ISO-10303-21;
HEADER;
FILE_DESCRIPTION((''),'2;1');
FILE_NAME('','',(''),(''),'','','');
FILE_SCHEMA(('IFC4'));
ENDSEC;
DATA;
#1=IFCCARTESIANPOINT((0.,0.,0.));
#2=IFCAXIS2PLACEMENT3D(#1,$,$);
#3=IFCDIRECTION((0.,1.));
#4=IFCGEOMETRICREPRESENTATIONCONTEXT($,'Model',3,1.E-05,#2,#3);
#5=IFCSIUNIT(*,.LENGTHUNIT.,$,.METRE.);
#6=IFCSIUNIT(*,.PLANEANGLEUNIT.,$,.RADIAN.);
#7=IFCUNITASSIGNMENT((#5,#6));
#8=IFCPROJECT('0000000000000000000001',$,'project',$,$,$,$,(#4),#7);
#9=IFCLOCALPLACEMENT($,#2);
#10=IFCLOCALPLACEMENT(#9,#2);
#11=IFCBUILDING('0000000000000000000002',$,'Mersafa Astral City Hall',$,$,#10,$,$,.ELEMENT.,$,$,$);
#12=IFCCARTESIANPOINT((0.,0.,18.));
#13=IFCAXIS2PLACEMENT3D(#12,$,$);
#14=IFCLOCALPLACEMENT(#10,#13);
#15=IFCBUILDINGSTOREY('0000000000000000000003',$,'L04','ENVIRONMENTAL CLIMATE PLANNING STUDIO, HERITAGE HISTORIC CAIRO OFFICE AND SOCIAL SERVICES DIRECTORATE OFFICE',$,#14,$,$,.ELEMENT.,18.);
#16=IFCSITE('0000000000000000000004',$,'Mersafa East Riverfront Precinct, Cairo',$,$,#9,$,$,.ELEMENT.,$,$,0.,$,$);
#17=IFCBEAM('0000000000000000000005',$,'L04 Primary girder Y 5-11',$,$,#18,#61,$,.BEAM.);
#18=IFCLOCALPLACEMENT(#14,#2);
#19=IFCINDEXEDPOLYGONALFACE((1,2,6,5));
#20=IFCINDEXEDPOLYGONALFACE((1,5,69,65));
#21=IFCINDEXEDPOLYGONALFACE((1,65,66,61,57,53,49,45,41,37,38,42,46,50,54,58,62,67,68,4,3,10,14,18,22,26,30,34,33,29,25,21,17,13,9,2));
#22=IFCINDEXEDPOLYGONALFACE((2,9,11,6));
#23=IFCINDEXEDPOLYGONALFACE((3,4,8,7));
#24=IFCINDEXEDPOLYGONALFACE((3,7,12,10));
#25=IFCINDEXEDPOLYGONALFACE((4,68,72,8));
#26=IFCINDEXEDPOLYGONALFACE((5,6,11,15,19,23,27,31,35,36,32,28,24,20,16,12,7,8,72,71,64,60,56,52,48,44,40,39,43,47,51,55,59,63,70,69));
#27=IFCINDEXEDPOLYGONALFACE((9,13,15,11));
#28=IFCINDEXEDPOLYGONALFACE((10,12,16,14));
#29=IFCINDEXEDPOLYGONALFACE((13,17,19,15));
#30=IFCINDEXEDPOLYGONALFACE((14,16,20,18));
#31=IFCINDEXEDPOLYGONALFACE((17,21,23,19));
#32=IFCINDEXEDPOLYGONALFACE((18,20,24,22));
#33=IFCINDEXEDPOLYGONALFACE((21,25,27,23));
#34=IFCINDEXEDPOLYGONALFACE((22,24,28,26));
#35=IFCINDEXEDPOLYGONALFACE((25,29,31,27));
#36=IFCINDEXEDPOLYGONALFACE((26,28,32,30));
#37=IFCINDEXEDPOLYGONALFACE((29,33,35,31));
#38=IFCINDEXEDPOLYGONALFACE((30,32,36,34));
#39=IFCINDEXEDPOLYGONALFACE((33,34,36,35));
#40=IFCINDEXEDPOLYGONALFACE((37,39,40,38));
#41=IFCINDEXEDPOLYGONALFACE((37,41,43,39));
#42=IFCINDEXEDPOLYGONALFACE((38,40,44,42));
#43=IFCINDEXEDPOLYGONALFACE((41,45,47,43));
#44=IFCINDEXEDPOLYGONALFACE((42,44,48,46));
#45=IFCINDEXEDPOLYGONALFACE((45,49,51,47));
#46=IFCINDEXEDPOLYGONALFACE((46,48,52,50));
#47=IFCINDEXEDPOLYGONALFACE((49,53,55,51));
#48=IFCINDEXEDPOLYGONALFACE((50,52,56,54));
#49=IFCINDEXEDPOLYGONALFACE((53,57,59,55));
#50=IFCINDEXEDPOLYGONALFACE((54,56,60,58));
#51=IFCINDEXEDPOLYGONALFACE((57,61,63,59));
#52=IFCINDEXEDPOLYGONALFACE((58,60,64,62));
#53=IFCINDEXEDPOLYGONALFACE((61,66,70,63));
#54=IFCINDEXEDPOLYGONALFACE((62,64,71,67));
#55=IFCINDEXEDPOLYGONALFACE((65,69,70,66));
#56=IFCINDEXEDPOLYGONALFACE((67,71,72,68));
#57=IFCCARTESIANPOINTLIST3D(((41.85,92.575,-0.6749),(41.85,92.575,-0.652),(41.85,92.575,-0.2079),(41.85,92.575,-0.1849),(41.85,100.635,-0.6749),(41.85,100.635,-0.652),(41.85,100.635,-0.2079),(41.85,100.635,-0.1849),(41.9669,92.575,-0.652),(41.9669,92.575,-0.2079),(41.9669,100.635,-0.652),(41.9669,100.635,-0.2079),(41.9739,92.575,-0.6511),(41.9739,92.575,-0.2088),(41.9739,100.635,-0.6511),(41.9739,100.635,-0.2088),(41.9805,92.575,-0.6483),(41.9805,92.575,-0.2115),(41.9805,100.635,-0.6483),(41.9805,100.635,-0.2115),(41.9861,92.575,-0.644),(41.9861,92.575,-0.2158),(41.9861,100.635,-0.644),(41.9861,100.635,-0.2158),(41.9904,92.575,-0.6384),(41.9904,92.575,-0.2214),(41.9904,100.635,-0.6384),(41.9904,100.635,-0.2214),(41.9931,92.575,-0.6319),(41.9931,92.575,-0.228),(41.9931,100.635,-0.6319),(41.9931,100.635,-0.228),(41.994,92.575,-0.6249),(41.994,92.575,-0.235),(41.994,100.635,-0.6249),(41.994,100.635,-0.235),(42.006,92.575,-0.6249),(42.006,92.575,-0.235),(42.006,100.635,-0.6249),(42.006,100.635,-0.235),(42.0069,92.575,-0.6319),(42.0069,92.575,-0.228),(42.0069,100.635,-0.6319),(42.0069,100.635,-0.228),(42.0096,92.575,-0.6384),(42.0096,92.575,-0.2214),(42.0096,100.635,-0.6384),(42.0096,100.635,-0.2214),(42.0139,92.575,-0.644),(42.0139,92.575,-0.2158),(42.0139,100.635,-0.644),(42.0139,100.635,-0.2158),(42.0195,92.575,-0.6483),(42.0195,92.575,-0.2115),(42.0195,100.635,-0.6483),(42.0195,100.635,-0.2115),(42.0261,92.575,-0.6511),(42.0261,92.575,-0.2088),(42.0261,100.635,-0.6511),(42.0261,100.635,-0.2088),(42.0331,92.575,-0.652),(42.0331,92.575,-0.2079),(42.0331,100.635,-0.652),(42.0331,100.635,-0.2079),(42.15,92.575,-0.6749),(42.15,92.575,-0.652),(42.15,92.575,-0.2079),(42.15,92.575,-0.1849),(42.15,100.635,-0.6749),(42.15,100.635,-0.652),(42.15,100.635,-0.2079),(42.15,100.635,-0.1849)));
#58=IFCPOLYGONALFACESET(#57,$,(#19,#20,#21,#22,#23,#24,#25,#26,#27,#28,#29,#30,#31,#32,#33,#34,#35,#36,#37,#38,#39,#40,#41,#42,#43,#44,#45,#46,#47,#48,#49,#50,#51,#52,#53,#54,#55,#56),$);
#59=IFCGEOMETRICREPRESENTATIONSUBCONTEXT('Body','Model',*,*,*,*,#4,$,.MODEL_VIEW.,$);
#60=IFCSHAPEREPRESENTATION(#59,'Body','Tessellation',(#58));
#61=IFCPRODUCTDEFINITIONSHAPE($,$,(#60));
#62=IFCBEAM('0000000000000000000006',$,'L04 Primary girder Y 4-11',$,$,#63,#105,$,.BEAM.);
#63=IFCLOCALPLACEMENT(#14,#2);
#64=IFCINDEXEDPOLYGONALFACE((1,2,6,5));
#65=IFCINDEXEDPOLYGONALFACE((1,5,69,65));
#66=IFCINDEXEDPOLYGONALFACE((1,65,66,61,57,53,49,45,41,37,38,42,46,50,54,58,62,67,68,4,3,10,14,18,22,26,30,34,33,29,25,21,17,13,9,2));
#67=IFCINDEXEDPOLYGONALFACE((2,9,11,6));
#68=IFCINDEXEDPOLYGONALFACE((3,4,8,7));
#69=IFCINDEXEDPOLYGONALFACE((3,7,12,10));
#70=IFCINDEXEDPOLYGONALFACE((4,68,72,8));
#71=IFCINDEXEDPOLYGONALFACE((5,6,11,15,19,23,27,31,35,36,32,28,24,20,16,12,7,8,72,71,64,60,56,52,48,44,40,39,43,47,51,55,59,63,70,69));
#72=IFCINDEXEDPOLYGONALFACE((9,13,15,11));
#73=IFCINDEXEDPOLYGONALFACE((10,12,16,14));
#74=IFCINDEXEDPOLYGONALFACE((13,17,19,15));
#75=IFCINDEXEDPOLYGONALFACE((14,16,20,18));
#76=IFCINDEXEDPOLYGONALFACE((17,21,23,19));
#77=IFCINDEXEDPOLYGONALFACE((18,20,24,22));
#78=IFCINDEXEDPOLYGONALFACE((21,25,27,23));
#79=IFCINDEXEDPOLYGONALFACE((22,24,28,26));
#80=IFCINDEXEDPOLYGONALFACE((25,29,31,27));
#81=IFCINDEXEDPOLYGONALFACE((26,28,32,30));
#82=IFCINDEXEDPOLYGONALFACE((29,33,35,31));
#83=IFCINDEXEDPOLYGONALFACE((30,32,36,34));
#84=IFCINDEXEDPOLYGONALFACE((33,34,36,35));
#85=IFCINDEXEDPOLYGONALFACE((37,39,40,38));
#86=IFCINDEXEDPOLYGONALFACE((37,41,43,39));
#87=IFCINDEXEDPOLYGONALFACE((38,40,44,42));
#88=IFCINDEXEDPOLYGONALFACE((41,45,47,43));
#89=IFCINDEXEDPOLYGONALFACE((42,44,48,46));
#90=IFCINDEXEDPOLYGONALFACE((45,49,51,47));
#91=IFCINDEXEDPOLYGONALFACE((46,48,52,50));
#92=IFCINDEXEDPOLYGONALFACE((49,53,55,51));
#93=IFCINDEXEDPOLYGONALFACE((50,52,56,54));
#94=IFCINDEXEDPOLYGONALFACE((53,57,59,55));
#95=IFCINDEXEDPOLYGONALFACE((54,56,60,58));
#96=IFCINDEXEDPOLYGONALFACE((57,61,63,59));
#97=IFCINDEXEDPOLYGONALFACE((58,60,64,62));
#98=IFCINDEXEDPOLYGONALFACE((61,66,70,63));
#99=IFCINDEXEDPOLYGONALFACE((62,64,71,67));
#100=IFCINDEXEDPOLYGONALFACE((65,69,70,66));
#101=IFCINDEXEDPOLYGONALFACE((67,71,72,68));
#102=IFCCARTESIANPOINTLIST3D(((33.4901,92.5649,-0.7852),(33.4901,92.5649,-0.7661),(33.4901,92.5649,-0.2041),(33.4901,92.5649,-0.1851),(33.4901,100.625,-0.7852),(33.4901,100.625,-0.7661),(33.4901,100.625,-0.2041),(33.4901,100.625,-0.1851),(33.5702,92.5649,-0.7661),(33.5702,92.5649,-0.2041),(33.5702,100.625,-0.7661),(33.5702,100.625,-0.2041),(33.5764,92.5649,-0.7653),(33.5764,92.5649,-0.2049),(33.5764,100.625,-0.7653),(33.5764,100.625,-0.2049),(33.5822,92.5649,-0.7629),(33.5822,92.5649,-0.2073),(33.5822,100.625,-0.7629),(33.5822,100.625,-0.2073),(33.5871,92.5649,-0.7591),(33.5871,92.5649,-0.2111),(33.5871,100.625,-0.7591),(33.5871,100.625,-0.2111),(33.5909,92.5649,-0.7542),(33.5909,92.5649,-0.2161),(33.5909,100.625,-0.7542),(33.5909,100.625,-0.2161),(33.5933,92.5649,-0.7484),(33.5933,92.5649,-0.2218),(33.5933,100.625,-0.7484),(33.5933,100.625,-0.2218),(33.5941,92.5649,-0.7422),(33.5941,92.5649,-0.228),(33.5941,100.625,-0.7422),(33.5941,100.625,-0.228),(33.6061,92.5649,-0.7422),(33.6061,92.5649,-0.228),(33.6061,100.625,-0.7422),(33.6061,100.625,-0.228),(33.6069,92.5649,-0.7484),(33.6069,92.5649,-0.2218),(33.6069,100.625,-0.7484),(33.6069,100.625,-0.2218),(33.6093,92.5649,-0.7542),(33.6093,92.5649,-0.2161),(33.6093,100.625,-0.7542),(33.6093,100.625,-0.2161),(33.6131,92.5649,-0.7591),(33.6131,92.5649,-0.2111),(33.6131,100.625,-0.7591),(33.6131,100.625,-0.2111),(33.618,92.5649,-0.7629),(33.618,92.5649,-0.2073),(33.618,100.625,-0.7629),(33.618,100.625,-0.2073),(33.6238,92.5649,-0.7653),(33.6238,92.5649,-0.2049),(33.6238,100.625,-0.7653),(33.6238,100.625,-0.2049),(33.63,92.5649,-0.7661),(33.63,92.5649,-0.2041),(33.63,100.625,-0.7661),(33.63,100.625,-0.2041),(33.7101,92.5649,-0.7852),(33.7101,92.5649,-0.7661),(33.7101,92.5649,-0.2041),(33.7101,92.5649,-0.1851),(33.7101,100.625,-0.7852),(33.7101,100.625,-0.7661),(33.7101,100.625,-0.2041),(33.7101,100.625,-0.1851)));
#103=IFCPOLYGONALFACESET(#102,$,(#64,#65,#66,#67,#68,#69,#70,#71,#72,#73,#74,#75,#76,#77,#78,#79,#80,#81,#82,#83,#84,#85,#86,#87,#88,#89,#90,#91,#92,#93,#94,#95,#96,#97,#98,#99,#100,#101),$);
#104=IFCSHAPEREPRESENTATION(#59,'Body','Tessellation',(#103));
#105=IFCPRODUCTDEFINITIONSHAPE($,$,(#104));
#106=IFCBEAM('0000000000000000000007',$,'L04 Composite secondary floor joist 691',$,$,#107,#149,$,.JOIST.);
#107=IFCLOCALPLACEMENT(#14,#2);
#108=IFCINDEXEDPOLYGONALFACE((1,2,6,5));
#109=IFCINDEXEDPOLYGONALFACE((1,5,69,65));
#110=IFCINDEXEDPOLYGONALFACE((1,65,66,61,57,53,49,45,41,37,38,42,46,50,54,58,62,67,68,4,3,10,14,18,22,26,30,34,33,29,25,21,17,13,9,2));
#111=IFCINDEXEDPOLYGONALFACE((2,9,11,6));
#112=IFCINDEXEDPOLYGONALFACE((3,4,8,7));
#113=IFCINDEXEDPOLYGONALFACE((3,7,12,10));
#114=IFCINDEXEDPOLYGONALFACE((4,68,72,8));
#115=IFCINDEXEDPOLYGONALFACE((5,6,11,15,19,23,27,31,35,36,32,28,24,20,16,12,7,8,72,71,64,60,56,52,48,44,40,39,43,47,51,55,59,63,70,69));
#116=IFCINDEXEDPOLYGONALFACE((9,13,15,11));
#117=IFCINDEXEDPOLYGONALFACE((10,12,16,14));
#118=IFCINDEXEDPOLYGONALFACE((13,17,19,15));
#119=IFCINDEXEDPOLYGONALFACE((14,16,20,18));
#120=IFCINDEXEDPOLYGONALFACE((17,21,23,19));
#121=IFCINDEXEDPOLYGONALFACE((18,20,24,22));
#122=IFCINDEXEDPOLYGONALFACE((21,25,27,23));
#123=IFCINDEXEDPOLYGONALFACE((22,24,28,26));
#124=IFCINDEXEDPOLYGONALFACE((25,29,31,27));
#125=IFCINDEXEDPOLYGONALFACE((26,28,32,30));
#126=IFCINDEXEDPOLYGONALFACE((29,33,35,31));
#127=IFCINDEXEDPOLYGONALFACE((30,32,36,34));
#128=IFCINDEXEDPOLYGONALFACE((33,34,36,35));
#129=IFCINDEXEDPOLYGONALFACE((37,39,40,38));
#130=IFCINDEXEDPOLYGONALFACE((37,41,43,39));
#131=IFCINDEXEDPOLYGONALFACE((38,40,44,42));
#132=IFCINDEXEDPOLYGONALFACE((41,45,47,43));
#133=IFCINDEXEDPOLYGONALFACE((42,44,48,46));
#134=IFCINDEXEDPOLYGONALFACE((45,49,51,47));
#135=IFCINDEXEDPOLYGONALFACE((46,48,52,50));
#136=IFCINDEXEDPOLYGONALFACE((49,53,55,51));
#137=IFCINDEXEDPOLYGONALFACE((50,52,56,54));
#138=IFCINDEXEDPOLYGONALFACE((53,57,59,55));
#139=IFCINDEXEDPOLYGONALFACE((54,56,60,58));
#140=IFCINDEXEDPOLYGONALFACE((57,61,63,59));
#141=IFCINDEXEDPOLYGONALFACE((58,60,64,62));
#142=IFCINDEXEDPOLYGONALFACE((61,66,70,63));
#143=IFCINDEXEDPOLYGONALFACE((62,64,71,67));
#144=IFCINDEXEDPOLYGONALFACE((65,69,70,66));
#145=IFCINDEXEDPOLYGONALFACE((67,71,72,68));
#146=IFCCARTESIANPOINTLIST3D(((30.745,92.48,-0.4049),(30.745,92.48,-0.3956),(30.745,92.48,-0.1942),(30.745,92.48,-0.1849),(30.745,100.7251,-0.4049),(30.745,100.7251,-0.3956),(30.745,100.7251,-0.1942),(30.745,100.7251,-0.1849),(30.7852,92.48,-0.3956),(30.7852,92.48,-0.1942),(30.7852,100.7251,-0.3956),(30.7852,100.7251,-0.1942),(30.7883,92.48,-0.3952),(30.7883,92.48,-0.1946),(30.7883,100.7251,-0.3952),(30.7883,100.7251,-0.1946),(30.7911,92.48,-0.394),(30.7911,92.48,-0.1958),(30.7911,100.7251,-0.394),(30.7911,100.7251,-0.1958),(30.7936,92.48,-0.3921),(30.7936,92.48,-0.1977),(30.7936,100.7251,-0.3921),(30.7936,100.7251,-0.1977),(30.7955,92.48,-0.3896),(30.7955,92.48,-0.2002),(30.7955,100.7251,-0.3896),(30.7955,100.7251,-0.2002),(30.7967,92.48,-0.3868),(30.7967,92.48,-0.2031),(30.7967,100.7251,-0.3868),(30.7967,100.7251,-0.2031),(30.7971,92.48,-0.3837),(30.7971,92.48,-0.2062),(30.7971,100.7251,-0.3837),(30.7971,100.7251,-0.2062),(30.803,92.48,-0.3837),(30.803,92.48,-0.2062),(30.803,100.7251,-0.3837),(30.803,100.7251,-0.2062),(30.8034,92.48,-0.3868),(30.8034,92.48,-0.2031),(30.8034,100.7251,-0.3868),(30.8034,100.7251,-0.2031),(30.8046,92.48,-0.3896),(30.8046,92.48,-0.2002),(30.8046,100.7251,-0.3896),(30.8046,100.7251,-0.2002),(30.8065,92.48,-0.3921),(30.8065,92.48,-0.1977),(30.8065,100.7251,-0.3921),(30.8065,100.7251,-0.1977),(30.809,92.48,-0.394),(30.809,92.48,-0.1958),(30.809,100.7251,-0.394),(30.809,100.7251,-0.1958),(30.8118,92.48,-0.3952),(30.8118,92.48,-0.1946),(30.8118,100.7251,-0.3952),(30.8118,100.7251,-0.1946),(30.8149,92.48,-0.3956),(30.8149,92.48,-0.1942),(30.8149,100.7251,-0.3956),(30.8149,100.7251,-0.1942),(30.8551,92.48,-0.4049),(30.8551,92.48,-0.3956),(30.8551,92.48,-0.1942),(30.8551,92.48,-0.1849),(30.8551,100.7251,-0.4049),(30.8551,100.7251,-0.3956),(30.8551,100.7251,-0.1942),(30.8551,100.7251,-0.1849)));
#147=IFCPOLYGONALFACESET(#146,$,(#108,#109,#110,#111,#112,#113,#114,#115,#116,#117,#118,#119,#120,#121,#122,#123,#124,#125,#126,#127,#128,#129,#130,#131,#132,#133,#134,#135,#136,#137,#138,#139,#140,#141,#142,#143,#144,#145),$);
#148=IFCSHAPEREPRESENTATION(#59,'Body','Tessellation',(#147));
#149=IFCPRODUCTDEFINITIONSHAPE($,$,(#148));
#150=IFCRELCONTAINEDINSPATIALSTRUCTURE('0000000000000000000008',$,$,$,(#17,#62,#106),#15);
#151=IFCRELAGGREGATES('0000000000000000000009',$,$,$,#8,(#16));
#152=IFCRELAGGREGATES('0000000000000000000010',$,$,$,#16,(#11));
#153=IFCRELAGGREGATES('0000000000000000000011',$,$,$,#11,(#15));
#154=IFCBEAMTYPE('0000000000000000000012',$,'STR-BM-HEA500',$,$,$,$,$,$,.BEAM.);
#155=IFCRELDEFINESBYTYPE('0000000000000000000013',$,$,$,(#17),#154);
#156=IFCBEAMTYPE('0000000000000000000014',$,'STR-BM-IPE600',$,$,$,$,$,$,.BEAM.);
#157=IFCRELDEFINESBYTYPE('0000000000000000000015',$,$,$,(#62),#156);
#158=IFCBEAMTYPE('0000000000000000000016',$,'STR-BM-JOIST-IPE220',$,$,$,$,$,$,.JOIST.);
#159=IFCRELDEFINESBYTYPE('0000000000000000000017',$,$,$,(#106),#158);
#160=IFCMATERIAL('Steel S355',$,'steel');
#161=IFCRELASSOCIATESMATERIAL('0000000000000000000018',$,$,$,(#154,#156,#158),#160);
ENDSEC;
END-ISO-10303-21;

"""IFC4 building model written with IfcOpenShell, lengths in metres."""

from ifc_helpers import new_model, si_unit, direction, frame, origin, origin_2d, place, context, subcontext, project, spatial, i_section, extrude, material, material_profile, profile_set, type_object, element, save


model = new_model("IFC4")

# Units and contexts
model_context = context("Model", 3, precision=1e-05, world=origin(), true_north=direction((0.0, 1.0)))
body_context = subcontext(model_context, "Body", "Model", "MODEL_VIEW")
ifc_project = project(units=[si_unit("LENGTHUNIT", "METRE"), si_unit("PLANEANGLEUNIT", "RADIAN")], contexts=[model_context])

# Site, building, storey
site_placement = place(None, origin())
site = spatial("IfcSite", under=ifc_project, at=site_placement, Name="Mersafa East Riverfront Precinct, Cairo", CompositionType="ELEMENT", RefElevation=0.0)
building_placement = place(site_placement, origin())
building = spatial("IfcBuilding", under=site, at=building_placement, Name="Mersafa Astral City Hall", CompositionType="ELEMENT")
storey_placement = place(building_placement, frame((0.0, 0.0, 18.0)))
storey = spatial("IfcBuildingStorey", under=building, at=storey_placement, Name="L04", Description="ENVIRONMENTAL CLIMATE PLANNING STUDIO, HERITAGE HISTORIC CAIRO OFFICE AND SOCIAL SERVICES DIRECTORATE OFFICE", CompositionType="ELEMENT", Elevation=18.0)

# Shared definitions
ifc_material_1 = material(Name="Steel S355", Category="steel")

# Beams
ifc_material_profile_1 = material_profile(ifc_material_1, i_section(OverallWidth=0.3, OverallDepth=0.49, WebThickness=0.012, FlangeThickness=0.0229, FilletRadius=0.0271, at=origin_2d()), Name="HEA 500")
ifc_profile_set_1 = profile_set([ifc_material_profile_1], Name="Steel S355")
beam_type_1 = type_object("IfcBeamType", Name="STR-BM-HEA500", PredefinedType="BEAM", material=ifc_profile_set_1)
beam_1_placement = place(storey_placement, frame((42.0, 92.575, -0.4299), z_axis=(0.0, 1.0, 0.0), x_axis=(-1.0, 0.0, 0.0)))
element("IfcBeam", 1, at=beam_1_placement, inside=storey, type_object=beam_type_1, Name="L04 Primary girder Y 5-11", PredefinedType="BEAM", context=body_context, shape_type="SweptSolid", body=[
    extrude(i_section(OverallWidth=0.3, OverallDepth=0.49, WebThickness=0.012, FlangeThickness=0.0229, FilletRadius=0.0271, at=origin_2d()), origin(), (0.0, 0.0, 1.0), 8.0601),
])
ifc_material_profile_2 = material_profile(ifc_material_1, i_section(OverallWidth=0.22, OverallDepth=0.6001, WebThickness=0.012, FlangeThickness=0.019, FilletRadius=0.0239, at=origin_2d()), Name="IPE 600")
ifc_profile_set_2 = profile_set([ifc_material_profile_2], Name="Steel S355")
beam_type_2 = type_object("IfcBeamType", Name="STR-BM-IPE600", PredefinedType="BEAM", material=ifc_profile_set_2)
beam_2_placement = place(storey_placement, frame((33.6001, 92.5649, -0.4851), z_axis=(0.0, 1.0, 0.0), x_axis=(-1.0, 0.0, 0.0)))
element("IfcBeam", 2, at=beam_2_placement, inside=storey, type_object=beam_type_2, Name="L04 Primary girder Y 4-11", PredefinedType="BEAM", context=body_context, shape_type="SweptSolid", body=[
    extrude(i_section(OverallWidth=0.22, OverallDepth=0.6001, WebThickness=0.012, FlangeThickness=0.019, FilletRadius=0.0239, at=origin_2d()), origin(), (0.0, 0.0, 1.0), 8.0601),
])
ifc_material_profile_3 = material_profile(ifc_material_1, i_section(OverallWidth=0.1101, OverallDepth=0.22, WebThickness=0.0059, FlangeThickness=0.0093, FilletRadius=0.012, at=origin_2d()), Name="IPE 220")
ifc_profile_set_3 = profile_set([ifc_material_profile_3], Name="Steel S355")
beam_type_3 = type_object("IfcBeamType", Name="STR-BM-JOIST-IPE220", PredefinedType="JOIST", material=ifc_profile_set_3)
beam_3_placement = place(storey_placement, frame((30.8, 92.48, -0.2949), z_axis=(0.0, 1.0, 0.0), x_axis=(-1.0, 0.0, 0.0)))
element("IfcBeam", 3, at=beam_3_placement, inside=storey, type_object=beam_type_3, Name="L04 Composite secondary floor joist 691", PredefinedType="JOIST", context=body_context, shape_type="SweptSolid", body=[
    extrude(i_section(OverallWidth=0.1101, OverallDepth=0.22, WebThickness=0.0059, FlangeThickness=0.0093, FilletRadius=0.012, at=origin_2d()), origin(), (0.0, 0.0, 1.0), 8.2451),
])

save(model, "model.ifc")
